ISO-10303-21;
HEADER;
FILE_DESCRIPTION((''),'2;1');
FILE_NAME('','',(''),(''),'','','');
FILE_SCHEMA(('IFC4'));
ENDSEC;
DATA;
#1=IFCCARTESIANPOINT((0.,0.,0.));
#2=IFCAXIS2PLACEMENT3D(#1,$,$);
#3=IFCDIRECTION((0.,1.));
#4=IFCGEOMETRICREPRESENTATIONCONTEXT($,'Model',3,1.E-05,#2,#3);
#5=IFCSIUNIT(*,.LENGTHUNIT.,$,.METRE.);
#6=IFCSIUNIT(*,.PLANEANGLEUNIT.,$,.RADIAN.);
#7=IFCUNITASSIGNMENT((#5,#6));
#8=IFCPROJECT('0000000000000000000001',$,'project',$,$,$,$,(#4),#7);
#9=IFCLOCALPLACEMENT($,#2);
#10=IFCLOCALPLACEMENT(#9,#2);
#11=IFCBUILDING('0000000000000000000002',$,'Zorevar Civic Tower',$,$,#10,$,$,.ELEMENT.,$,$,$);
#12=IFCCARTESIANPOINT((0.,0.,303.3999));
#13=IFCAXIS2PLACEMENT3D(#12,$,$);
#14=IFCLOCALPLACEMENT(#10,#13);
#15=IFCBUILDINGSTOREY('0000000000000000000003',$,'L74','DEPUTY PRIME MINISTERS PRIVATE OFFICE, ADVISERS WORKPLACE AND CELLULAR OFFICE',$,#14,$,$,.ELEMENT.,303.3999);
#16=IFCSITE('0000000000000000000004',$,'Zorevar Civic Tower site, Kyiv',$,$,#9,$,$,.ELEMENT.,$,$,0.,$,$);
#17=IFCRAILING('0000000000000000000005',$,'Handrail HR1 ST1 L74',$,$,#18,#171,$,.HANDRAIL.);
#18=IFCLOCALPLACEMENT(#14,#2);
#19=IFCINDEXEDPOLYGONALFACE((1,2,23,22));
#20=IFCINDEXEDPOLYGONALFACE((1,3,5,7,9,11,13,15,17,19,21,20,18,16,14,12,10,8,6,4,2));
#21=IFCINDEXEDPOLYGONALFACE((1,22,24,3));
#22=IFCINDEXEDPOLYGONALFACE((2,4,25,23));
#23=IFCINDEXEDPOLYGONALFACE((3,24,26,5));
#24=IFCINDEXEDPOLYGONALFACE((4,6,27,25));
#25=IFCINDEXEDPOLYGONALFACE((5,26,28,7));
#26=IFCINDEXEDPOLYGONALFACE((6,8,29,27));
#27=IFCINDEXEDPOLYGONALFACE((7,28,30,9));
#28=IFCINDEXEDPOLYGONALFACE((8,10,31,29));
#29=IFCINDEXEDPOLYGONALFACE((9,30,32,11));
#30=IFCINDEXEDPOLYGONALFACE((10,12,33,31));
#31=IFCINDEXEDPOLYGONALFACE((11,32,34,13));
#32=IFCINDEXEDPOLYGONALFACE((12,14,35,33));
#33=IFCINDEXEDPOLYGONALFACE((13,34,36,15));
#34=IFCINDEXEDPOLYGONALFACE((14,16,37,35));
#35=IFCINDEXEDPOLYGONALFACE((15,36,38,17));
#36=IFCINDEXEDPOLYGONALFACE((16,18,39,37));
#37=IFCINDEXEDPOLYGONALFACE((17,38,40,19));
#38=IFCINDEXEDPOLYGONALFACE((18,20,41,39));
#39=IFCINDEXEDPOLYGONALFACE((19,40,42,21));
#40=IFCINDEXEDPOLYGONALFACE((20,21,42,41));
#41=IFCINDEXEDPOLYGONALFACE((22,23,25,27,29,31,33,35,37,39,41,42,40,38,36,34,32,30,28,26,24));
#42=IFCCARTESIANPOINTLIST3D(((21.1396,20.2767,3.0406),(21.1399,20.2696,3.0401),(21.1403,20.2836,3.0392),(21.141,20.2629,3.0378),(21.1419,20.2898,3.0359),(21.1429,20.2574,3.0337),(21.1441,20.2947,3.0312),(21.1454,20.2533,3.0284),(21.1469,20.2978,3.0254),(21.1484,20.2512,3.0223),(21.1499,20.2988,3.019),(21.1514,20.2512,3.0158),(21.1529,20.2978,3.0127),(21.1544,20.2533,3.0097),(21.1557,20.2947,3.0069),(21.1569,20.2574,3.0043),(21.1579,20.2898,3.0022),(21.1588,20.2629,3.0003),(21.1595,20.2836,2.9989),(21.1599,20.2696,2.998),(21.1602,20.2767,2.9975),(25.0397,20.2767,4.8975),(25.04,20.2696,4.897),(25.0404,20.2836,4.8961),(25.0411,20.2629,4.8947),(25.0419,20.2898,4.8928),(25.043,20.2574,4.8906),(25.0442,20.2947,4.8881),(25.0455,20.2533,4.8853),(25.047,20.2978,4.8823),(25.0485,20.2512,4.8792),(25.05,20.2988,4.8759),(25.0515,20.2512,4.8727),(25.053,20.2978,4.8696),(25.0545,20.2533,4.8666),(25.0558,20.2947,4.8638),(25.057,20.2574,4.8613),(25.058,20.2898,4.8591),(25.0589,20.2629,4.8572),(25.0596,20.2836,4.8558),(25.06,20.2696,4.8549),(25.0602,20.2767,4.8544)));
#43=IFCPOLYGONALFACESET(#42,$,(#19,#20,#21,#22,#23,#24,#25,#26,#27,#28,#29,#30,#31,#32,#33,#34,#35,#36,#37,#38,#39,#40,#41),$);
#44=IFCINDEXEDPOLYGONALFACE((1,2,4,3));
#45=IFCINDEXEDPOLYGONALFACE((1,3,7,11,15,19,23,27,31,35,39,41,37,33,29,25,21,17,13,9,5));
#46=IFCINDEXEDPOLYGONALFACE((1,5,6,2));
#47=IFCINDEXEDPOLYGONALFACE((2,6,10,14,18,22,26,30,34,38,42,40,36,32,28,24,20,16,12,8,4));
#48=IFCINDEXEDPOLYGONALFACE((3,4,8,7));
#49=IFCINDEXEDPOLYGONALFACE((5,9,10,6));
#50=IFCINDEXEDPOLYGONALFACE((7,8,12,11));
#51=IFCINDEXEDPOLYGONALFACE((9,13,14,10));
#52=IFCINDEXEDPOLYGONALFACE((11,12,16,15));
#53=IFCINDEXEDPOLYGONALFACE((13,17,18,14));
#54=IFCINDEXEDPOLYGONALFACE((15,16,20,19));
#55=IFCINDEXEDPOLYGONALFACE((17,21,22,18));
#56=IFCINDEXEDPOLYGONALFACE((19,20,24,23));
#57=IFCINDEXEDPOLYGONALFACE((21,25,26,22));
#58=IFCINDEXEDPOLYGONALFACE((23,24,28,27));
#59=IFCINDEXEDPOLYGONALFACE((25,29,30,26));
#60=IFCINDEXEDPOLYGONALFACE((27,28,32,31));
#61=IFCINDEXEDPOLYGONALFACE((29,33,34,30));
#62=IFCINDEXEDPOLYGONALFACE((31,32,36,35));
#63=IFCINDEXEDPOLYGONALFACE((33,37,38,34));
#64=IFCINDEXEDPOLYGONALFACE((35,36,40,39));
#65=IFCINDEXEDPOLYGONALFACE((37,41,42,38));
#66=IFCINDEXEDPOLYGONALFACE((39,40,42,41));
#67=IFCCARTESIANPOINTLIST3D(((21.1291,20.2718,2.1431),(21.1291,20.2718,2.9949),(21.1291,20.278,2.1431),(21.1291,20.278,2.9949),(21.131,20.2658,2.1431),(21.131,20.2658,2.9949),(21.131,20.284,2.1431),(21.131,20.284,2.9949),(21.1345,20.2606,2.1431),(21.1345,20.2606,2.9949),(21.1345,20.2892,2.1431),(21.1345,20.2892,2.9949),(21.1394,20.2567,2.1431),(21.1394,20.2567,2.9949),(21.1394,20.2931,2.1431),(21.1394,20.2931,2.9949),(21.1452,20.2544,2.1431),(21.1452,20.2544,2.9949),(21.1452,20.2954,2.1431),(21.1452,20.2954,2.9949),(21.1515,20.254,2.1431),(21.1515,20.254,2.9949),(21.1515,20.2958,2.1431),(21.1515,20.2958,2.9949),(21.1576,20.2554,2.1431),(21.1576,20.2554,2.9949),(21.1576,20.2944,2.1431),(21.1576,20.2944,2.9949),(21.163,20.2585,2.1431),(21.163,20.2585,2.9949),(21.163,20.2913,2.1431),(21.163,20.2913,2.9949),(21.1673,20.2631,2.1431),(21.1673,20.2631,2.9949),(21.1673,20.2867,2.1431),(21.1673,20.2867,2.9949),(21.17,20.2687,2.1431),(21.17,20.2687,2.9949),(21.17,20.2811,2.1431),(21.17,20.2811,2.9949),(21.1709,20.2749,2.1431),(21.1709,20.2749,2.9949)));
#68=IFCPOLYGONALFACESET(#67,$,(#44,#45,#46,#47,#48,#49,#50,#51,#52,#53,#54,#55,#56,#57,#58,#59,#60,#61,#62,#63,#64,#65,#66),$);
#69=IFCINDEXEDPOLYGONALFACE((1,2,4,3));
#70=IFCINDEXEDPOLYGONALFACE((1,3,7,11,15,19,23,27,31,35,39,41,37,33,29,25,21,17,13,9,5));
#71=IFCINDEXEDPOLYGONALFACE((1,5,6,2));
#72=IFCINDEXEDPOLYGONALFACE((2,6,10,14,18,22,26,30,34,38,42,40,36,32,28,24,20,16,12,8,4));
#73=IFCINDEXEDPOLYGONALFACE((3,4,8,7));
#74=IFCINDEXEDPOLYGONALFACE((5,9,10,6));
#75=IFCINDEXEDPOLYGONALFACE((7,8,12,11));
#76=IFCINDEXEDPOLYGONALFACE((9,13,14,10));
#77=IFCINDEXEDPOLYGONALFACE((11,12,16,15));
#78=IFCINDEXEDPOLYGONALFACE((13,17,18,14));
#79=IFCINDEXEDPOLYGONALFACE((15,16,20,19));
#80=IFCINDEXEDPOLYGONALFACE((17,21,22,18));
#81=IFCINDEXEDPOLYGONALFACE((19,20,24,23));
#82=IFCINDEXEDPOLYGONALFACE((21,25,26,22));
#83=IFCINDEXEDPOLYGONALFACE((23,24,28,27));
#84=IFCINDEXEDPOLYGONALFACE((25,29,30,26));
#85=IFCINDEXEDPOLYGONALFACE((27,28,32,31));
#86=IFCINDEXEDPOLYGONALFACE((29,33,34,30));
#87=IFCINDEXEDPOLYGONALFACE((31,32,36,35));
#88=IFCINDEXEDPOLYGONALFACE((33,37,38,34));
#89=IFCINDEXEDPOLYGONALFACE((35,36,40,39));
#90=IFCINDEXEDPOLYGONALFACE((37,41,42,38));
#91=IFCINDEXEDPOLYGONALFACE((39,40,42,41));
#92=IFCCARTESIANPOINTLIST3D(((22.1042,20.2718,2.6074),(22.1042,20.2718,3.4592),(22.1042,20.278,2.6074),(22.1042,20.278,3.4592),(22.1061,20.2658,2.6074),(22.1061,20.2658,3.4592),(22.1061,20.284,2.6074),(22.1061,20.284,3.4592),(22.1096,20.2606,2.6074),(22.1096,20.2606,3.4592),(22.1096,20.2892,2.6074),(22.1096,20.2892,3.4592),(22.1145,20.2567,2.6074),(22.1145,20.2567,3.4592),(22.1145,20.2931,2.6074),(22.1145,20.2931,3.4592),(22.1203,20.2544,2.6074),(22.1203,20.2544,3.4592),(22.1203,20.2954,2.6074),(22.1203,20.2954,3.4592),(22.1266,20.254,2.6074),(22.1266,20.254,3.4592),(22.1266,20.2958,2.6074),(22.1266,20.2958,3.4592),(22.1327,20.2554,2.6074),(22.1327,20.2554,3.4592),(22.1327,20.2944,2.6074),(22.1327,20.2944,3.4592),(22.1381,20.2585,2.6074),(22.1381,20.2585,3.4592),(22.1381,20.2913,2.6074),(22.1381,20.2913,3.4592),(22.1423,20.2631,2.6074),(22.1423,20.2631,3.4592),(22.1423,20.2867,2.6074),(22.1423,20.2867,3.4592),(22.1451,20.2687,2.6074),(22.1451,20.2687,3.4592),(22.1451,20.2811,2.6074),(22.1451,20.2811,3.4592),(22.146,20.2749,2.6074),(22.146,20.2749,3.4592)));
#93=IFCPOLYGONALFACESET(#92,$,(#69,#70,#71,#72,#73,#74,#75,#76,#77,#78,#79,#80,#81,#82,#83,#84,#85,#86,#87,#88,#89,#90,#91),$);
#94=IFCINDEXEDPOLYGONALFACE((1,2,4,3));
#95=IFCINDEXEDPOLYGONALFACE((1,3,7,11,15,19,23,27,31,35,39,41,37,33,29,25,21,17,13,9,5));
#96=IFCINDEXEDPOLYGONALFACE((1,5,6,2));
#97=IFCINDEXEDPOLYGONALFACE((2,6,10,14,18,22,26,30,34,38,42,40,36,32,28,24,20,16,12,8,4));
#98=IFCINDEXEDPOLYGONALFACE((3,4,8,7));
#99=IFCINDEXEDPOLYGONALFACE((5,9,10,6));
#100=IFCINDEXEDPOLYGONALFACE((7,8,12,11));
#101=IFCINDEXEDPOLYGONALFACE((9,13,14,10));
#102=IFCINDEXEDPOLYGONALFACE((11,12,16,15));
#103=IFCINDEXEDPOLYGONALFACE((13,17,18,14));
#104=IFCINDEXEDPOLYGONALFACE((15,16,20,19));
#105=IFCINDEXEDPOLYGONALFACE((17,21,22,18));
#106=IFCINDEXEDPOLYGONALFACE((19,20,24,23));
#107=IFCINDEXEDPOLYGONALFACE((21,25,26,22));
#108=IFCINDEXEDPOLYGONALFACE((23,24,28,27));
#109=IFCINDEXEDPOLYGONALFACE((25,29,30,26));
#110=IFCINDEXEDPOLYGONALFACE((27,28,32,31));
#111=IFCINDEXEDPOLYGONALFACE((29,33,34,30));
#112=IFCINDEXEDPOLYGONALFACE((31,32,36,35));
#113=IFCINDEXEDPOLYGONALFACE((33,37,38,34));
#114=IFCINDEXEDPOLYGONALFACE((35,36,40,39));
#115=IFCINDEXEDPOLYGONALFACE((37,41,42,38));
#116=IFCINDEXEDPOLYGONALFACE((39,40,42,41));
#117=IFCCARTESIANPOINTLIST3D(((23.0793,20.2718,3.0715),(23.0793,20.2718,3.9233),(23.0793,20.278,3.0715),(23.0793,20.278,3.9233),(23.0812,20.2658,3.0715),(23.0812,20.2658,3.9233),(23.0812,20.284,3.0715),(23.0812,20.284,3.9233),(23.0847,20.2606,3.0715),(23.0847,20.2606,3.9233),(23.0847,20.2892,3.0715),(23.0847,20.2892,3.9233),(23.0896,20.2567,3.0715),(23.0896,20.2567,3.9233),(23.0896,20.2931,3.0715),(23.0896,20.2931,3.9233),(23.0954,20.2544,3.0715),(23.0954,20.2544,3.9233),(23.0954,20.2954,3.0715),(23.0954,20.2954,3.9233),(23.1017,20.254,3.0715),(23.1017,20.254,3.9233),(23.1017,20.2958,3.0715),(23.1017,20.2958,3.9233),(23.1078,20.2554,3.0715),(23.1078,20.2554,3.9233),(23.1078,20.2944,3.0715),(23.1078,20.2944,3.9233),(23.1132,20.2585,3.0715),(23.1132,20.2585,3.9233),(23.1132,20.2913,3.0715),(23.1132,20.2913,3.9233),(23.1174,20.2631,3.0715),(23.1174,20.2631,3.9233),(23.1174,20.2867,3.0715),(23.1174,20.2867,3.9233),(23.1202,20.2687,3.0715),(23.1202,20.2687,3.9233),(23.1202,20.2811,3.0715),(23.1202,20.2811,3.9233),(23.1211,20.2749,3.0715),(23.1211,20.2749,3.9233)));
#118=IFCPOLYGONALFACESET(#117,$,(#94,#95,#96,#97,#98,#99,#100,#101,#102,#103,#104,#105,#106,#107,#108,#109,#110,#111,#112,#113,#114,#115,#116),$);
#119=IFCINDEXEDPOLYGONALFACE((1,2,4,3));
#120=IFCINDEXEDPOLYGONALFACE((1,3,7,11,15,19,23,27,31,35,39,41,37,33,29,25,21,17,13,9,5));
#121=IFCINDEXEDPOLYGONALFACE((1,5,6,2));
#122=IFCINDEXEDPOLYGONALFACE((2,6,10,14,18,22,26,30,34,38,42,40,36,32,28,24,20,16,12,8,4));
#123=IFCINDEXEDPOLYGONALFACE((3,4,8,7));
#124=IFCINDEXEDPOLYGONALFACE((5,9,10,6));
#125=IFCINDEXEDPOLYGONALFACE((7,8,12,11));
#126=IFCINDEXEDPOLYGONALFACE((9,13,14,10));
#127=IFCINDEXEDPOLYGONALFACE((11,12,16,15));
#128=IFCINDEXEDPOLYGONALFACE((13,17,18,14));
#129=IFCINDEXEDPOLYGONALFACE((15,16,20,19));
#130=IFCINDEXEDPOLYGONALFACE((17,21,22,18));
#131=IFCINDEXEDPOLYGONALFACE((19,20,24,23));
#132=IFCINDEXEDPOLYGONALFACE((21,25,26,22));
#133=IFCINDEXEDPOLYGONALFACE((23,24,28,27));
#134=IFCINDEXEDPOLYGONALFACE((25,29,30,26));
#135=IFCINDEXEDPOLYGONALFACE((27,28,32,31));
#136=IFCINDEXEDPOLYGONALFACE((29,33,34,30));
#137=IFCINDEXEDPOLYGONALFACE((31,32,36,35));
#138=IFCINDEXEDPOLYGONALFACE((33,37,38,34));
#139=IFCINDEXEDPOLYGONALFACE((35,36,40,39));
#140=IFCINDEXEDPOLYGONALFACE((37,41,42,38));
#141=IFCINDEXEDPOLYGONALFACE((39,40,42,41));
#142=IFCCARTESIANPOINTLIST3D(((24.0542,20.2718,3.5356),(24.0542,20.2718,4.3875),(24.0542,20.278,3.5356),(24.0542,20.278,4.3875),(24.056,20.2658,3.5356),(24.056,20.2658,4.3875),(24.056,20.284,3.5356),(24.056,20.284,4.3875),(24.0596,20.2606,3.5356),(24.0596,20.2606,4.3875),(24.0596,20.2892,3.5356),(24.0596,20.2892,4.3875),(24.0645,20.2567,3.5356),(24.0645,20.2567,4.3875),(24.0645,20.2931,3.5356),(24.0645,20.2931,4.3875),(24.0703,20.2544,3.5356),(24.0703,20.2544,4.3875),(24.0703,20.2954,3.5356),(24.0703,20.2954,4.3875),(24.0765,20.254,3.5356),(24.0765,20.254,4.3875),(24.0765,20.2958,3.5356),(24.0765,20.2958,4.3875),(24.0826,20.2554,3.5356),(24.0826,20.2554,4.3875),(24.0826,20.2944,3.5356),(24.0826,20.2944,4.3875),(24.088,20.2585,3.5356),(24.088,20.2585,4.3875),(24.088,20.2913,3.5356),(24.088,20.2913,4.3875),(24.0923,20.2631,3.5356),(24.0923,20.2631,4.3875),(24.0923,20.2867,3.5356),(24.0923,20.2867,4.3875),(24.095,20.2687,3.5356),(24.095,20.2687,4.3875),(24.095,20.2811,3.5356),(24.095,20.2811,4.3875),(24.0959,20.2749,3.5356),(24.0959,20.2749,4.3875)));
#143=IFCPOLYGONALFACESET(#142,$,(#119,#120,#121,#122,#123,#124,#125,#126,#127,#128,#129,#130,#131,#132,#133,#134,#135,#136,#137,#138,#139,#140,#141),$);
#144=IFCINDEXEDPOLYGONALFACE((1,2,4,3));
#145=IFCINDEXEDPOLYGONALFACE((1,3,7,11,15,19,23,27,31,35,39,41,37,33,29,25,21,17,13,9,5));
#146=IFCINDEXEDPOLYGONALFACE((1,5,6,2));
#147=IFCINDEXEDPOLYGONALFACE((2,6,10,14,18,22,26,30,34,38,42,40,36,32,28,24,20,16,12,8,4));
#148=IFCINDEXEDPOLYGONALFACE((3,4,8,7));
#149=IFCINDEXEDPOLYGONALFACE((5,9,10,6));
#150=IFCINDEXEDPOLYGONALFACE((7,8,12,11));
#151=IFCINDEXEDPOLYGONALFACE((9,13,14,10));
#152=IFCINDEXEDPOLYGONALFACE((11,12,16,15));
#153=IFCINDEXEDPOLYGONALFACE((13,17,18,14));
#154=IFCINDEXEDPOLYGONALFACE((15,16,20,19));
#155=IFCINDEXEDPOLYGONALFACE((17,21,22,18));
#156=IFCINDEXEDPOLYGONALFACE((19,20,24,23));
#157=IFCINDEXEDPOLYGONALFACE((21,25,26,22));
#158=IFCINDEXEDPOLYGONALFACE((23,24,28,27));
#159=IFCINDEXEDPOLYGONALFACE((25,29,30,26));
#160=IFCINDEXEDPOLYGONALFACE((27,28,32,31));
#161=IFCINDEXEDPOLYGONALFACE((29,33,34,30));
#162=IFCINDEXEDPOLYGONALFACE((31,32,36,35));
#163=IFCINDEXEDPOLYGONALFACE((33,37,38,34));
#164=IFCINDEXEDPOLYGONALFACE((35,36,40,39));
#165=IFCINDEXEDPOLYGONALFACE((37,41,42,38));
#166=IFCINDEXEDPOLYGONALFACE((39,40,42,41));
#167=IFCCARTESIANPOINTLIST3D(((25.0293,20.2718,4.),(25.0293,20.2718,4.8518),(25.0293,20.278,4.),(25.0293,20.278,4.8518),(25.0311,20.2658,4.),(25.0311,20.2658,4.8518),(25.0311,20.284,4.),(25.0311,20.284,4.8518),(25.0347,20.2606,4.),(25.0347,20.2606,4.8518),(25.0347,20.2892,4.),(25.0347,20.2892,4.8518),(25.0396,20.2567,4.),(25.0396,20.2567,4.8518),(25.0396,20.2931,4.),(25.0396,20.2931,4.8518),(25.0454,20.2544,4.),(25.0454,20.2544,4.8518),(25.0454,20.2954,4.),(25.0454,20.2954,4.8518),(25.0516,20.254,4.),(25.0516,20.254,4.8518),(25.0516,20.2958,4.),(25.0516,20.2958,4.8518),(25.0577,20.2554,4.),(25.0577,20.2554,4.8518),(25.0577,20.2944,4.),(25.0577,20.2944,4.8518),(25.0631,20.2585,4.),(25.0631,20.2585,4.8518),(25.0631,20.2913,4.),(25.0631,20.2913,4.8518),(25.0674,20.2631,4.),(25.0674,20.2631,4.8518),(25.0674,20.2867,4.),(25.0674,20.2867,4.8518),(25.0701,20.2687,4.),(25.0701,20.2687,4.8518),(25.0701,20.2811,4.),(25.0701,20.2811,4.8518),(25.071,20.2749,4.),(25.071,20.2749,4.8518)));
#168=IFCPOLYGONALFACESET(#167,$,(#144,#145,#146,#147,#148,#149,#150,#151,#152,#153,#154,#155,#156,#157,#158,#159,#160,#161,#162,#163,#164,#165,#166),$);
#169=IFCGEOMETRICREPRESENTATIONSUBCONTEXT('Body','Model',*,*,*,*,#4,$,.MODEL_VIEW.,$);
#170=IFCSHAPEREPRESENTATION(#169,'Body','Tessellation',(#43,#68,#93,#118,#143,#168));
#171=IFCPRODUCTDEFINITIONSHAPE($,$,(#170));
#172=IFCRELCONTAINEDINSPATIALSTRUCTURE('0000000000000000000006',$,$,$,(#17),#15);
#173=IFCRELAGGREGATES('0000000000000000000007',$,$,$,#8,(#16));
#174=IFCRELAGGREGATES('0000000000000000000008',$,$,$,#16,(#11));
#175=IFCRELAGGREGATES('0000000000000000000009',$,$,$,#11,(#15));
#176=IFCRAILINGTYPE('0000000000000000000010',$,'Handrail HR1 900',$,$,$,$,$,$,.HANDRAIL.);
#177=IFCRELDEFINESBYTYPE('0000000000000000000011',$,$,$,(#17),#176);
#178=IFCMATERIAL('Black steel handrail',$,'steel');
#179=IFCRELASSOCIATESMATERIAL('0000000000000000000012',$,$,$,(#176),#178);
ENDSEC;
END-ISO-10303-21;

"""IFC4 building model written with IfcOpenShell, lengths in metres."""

from ifc_helpers import new_model, si_unit, direction, frame, origin, origin_2d, place, context, subcontext, project, spatial, circle, extrude, material, type_object, element, save


model = new_model("IFC4")

# Units and contexts
model_context = context("Model", 3, precision=1e-05, world=origin(), true_north=direction((0.0, 1.0)))
body_context = subcontext(model_context, "Body", "Model", "MODEL_VIEW")
ifc_project = project(units=[si_unit("LENGTHUNIT", "METRE"), si_unit("PLANEANGLEUNIT", "RADIAN")], contexts=[model_context])

# Site, building, storey
site_placement = place(None, origin())
site = spatial("IfcSite", under=ifc_project, at=site_placement, Name="Zorevar Civic Tower site, Kyiv", CompositionType="ELEMENT", RefElevation=0.0)
building_placement = place(site_placement, origin())
building = spatial("IfcBuilding", under=site, at=building_placement, Name="Zorevar Civic Tower", CompositionType="ELEMENT")
storey_placement = place(building_placement, frame((0.0, 0.0, 303.3999)))
storey = spatial("IfcBuildingStorey", under=building, at=storey_placement, Name="L74", Description="DEPUTY PRIME MINISTERS PRIVATE OFFICE, ADVISERS WORKPLACE AND CELLULAR OFFICE", CompositionType="ELEMENT", Elevation=303.3999)

# Railing
ifc_material_1 = material(Name="Black steel handrail", Category="steel")
railing_type = type_object("IfcRailingType", Name="Handrail HR1 900", PredefinedType="HANDRAIL", material=ifc_material_1)
railing_1_placement = place(storey_placement, frame((21.1499, 20.2749, 2.1431)))
element("IfcRailing", 1, at=railing_1_placement, inside=storey, type_object=railing_type, Name="Handrail HR1 ST1 L74", PredefinedType="HANDRAIL", context=body_context, shape_type="SweptSolid", body=[
    extrude(circle(Radius=0.0239, at=origin_2d()), frame((0.0, 0.0, 0.876), z_axis=(0.902886, 0.0, 0.429881), x_axis=(0.0, 1.0, 0.0)), (0.0, 0.0, 1.0), 4.3196),
    extrude(circle(Radius=0.021, at=origin_2d()), origin(), (0.0, 0.0, 1.0), 0.8518),
    extrude(circle(Radius=0.021, at=origin_2d()), frame((0.9751, 0.0, 0.4644)), (0.0, 0.0, 1.0), 0.8518),
    extrude(circle(Radius=0.021, at=origin_2d()), frame((1.9502, 0.0, 0.9285)), (0.0, 0.0, 1.0), 0.8518),
    extrude(circle(Radius=0.021, at=origin_2d()), frame((2.925, 0.0, 1.3926)), (0.0, 0.0, 1.0), 0.8518),
    extrude(circle(Radius=0.021, at=origin_2d()), frame((3.9001, 0.0, 1.8569)), (0.0, 0.0, 1.0), 0.8518),
])

save(model, "model.ifc")
